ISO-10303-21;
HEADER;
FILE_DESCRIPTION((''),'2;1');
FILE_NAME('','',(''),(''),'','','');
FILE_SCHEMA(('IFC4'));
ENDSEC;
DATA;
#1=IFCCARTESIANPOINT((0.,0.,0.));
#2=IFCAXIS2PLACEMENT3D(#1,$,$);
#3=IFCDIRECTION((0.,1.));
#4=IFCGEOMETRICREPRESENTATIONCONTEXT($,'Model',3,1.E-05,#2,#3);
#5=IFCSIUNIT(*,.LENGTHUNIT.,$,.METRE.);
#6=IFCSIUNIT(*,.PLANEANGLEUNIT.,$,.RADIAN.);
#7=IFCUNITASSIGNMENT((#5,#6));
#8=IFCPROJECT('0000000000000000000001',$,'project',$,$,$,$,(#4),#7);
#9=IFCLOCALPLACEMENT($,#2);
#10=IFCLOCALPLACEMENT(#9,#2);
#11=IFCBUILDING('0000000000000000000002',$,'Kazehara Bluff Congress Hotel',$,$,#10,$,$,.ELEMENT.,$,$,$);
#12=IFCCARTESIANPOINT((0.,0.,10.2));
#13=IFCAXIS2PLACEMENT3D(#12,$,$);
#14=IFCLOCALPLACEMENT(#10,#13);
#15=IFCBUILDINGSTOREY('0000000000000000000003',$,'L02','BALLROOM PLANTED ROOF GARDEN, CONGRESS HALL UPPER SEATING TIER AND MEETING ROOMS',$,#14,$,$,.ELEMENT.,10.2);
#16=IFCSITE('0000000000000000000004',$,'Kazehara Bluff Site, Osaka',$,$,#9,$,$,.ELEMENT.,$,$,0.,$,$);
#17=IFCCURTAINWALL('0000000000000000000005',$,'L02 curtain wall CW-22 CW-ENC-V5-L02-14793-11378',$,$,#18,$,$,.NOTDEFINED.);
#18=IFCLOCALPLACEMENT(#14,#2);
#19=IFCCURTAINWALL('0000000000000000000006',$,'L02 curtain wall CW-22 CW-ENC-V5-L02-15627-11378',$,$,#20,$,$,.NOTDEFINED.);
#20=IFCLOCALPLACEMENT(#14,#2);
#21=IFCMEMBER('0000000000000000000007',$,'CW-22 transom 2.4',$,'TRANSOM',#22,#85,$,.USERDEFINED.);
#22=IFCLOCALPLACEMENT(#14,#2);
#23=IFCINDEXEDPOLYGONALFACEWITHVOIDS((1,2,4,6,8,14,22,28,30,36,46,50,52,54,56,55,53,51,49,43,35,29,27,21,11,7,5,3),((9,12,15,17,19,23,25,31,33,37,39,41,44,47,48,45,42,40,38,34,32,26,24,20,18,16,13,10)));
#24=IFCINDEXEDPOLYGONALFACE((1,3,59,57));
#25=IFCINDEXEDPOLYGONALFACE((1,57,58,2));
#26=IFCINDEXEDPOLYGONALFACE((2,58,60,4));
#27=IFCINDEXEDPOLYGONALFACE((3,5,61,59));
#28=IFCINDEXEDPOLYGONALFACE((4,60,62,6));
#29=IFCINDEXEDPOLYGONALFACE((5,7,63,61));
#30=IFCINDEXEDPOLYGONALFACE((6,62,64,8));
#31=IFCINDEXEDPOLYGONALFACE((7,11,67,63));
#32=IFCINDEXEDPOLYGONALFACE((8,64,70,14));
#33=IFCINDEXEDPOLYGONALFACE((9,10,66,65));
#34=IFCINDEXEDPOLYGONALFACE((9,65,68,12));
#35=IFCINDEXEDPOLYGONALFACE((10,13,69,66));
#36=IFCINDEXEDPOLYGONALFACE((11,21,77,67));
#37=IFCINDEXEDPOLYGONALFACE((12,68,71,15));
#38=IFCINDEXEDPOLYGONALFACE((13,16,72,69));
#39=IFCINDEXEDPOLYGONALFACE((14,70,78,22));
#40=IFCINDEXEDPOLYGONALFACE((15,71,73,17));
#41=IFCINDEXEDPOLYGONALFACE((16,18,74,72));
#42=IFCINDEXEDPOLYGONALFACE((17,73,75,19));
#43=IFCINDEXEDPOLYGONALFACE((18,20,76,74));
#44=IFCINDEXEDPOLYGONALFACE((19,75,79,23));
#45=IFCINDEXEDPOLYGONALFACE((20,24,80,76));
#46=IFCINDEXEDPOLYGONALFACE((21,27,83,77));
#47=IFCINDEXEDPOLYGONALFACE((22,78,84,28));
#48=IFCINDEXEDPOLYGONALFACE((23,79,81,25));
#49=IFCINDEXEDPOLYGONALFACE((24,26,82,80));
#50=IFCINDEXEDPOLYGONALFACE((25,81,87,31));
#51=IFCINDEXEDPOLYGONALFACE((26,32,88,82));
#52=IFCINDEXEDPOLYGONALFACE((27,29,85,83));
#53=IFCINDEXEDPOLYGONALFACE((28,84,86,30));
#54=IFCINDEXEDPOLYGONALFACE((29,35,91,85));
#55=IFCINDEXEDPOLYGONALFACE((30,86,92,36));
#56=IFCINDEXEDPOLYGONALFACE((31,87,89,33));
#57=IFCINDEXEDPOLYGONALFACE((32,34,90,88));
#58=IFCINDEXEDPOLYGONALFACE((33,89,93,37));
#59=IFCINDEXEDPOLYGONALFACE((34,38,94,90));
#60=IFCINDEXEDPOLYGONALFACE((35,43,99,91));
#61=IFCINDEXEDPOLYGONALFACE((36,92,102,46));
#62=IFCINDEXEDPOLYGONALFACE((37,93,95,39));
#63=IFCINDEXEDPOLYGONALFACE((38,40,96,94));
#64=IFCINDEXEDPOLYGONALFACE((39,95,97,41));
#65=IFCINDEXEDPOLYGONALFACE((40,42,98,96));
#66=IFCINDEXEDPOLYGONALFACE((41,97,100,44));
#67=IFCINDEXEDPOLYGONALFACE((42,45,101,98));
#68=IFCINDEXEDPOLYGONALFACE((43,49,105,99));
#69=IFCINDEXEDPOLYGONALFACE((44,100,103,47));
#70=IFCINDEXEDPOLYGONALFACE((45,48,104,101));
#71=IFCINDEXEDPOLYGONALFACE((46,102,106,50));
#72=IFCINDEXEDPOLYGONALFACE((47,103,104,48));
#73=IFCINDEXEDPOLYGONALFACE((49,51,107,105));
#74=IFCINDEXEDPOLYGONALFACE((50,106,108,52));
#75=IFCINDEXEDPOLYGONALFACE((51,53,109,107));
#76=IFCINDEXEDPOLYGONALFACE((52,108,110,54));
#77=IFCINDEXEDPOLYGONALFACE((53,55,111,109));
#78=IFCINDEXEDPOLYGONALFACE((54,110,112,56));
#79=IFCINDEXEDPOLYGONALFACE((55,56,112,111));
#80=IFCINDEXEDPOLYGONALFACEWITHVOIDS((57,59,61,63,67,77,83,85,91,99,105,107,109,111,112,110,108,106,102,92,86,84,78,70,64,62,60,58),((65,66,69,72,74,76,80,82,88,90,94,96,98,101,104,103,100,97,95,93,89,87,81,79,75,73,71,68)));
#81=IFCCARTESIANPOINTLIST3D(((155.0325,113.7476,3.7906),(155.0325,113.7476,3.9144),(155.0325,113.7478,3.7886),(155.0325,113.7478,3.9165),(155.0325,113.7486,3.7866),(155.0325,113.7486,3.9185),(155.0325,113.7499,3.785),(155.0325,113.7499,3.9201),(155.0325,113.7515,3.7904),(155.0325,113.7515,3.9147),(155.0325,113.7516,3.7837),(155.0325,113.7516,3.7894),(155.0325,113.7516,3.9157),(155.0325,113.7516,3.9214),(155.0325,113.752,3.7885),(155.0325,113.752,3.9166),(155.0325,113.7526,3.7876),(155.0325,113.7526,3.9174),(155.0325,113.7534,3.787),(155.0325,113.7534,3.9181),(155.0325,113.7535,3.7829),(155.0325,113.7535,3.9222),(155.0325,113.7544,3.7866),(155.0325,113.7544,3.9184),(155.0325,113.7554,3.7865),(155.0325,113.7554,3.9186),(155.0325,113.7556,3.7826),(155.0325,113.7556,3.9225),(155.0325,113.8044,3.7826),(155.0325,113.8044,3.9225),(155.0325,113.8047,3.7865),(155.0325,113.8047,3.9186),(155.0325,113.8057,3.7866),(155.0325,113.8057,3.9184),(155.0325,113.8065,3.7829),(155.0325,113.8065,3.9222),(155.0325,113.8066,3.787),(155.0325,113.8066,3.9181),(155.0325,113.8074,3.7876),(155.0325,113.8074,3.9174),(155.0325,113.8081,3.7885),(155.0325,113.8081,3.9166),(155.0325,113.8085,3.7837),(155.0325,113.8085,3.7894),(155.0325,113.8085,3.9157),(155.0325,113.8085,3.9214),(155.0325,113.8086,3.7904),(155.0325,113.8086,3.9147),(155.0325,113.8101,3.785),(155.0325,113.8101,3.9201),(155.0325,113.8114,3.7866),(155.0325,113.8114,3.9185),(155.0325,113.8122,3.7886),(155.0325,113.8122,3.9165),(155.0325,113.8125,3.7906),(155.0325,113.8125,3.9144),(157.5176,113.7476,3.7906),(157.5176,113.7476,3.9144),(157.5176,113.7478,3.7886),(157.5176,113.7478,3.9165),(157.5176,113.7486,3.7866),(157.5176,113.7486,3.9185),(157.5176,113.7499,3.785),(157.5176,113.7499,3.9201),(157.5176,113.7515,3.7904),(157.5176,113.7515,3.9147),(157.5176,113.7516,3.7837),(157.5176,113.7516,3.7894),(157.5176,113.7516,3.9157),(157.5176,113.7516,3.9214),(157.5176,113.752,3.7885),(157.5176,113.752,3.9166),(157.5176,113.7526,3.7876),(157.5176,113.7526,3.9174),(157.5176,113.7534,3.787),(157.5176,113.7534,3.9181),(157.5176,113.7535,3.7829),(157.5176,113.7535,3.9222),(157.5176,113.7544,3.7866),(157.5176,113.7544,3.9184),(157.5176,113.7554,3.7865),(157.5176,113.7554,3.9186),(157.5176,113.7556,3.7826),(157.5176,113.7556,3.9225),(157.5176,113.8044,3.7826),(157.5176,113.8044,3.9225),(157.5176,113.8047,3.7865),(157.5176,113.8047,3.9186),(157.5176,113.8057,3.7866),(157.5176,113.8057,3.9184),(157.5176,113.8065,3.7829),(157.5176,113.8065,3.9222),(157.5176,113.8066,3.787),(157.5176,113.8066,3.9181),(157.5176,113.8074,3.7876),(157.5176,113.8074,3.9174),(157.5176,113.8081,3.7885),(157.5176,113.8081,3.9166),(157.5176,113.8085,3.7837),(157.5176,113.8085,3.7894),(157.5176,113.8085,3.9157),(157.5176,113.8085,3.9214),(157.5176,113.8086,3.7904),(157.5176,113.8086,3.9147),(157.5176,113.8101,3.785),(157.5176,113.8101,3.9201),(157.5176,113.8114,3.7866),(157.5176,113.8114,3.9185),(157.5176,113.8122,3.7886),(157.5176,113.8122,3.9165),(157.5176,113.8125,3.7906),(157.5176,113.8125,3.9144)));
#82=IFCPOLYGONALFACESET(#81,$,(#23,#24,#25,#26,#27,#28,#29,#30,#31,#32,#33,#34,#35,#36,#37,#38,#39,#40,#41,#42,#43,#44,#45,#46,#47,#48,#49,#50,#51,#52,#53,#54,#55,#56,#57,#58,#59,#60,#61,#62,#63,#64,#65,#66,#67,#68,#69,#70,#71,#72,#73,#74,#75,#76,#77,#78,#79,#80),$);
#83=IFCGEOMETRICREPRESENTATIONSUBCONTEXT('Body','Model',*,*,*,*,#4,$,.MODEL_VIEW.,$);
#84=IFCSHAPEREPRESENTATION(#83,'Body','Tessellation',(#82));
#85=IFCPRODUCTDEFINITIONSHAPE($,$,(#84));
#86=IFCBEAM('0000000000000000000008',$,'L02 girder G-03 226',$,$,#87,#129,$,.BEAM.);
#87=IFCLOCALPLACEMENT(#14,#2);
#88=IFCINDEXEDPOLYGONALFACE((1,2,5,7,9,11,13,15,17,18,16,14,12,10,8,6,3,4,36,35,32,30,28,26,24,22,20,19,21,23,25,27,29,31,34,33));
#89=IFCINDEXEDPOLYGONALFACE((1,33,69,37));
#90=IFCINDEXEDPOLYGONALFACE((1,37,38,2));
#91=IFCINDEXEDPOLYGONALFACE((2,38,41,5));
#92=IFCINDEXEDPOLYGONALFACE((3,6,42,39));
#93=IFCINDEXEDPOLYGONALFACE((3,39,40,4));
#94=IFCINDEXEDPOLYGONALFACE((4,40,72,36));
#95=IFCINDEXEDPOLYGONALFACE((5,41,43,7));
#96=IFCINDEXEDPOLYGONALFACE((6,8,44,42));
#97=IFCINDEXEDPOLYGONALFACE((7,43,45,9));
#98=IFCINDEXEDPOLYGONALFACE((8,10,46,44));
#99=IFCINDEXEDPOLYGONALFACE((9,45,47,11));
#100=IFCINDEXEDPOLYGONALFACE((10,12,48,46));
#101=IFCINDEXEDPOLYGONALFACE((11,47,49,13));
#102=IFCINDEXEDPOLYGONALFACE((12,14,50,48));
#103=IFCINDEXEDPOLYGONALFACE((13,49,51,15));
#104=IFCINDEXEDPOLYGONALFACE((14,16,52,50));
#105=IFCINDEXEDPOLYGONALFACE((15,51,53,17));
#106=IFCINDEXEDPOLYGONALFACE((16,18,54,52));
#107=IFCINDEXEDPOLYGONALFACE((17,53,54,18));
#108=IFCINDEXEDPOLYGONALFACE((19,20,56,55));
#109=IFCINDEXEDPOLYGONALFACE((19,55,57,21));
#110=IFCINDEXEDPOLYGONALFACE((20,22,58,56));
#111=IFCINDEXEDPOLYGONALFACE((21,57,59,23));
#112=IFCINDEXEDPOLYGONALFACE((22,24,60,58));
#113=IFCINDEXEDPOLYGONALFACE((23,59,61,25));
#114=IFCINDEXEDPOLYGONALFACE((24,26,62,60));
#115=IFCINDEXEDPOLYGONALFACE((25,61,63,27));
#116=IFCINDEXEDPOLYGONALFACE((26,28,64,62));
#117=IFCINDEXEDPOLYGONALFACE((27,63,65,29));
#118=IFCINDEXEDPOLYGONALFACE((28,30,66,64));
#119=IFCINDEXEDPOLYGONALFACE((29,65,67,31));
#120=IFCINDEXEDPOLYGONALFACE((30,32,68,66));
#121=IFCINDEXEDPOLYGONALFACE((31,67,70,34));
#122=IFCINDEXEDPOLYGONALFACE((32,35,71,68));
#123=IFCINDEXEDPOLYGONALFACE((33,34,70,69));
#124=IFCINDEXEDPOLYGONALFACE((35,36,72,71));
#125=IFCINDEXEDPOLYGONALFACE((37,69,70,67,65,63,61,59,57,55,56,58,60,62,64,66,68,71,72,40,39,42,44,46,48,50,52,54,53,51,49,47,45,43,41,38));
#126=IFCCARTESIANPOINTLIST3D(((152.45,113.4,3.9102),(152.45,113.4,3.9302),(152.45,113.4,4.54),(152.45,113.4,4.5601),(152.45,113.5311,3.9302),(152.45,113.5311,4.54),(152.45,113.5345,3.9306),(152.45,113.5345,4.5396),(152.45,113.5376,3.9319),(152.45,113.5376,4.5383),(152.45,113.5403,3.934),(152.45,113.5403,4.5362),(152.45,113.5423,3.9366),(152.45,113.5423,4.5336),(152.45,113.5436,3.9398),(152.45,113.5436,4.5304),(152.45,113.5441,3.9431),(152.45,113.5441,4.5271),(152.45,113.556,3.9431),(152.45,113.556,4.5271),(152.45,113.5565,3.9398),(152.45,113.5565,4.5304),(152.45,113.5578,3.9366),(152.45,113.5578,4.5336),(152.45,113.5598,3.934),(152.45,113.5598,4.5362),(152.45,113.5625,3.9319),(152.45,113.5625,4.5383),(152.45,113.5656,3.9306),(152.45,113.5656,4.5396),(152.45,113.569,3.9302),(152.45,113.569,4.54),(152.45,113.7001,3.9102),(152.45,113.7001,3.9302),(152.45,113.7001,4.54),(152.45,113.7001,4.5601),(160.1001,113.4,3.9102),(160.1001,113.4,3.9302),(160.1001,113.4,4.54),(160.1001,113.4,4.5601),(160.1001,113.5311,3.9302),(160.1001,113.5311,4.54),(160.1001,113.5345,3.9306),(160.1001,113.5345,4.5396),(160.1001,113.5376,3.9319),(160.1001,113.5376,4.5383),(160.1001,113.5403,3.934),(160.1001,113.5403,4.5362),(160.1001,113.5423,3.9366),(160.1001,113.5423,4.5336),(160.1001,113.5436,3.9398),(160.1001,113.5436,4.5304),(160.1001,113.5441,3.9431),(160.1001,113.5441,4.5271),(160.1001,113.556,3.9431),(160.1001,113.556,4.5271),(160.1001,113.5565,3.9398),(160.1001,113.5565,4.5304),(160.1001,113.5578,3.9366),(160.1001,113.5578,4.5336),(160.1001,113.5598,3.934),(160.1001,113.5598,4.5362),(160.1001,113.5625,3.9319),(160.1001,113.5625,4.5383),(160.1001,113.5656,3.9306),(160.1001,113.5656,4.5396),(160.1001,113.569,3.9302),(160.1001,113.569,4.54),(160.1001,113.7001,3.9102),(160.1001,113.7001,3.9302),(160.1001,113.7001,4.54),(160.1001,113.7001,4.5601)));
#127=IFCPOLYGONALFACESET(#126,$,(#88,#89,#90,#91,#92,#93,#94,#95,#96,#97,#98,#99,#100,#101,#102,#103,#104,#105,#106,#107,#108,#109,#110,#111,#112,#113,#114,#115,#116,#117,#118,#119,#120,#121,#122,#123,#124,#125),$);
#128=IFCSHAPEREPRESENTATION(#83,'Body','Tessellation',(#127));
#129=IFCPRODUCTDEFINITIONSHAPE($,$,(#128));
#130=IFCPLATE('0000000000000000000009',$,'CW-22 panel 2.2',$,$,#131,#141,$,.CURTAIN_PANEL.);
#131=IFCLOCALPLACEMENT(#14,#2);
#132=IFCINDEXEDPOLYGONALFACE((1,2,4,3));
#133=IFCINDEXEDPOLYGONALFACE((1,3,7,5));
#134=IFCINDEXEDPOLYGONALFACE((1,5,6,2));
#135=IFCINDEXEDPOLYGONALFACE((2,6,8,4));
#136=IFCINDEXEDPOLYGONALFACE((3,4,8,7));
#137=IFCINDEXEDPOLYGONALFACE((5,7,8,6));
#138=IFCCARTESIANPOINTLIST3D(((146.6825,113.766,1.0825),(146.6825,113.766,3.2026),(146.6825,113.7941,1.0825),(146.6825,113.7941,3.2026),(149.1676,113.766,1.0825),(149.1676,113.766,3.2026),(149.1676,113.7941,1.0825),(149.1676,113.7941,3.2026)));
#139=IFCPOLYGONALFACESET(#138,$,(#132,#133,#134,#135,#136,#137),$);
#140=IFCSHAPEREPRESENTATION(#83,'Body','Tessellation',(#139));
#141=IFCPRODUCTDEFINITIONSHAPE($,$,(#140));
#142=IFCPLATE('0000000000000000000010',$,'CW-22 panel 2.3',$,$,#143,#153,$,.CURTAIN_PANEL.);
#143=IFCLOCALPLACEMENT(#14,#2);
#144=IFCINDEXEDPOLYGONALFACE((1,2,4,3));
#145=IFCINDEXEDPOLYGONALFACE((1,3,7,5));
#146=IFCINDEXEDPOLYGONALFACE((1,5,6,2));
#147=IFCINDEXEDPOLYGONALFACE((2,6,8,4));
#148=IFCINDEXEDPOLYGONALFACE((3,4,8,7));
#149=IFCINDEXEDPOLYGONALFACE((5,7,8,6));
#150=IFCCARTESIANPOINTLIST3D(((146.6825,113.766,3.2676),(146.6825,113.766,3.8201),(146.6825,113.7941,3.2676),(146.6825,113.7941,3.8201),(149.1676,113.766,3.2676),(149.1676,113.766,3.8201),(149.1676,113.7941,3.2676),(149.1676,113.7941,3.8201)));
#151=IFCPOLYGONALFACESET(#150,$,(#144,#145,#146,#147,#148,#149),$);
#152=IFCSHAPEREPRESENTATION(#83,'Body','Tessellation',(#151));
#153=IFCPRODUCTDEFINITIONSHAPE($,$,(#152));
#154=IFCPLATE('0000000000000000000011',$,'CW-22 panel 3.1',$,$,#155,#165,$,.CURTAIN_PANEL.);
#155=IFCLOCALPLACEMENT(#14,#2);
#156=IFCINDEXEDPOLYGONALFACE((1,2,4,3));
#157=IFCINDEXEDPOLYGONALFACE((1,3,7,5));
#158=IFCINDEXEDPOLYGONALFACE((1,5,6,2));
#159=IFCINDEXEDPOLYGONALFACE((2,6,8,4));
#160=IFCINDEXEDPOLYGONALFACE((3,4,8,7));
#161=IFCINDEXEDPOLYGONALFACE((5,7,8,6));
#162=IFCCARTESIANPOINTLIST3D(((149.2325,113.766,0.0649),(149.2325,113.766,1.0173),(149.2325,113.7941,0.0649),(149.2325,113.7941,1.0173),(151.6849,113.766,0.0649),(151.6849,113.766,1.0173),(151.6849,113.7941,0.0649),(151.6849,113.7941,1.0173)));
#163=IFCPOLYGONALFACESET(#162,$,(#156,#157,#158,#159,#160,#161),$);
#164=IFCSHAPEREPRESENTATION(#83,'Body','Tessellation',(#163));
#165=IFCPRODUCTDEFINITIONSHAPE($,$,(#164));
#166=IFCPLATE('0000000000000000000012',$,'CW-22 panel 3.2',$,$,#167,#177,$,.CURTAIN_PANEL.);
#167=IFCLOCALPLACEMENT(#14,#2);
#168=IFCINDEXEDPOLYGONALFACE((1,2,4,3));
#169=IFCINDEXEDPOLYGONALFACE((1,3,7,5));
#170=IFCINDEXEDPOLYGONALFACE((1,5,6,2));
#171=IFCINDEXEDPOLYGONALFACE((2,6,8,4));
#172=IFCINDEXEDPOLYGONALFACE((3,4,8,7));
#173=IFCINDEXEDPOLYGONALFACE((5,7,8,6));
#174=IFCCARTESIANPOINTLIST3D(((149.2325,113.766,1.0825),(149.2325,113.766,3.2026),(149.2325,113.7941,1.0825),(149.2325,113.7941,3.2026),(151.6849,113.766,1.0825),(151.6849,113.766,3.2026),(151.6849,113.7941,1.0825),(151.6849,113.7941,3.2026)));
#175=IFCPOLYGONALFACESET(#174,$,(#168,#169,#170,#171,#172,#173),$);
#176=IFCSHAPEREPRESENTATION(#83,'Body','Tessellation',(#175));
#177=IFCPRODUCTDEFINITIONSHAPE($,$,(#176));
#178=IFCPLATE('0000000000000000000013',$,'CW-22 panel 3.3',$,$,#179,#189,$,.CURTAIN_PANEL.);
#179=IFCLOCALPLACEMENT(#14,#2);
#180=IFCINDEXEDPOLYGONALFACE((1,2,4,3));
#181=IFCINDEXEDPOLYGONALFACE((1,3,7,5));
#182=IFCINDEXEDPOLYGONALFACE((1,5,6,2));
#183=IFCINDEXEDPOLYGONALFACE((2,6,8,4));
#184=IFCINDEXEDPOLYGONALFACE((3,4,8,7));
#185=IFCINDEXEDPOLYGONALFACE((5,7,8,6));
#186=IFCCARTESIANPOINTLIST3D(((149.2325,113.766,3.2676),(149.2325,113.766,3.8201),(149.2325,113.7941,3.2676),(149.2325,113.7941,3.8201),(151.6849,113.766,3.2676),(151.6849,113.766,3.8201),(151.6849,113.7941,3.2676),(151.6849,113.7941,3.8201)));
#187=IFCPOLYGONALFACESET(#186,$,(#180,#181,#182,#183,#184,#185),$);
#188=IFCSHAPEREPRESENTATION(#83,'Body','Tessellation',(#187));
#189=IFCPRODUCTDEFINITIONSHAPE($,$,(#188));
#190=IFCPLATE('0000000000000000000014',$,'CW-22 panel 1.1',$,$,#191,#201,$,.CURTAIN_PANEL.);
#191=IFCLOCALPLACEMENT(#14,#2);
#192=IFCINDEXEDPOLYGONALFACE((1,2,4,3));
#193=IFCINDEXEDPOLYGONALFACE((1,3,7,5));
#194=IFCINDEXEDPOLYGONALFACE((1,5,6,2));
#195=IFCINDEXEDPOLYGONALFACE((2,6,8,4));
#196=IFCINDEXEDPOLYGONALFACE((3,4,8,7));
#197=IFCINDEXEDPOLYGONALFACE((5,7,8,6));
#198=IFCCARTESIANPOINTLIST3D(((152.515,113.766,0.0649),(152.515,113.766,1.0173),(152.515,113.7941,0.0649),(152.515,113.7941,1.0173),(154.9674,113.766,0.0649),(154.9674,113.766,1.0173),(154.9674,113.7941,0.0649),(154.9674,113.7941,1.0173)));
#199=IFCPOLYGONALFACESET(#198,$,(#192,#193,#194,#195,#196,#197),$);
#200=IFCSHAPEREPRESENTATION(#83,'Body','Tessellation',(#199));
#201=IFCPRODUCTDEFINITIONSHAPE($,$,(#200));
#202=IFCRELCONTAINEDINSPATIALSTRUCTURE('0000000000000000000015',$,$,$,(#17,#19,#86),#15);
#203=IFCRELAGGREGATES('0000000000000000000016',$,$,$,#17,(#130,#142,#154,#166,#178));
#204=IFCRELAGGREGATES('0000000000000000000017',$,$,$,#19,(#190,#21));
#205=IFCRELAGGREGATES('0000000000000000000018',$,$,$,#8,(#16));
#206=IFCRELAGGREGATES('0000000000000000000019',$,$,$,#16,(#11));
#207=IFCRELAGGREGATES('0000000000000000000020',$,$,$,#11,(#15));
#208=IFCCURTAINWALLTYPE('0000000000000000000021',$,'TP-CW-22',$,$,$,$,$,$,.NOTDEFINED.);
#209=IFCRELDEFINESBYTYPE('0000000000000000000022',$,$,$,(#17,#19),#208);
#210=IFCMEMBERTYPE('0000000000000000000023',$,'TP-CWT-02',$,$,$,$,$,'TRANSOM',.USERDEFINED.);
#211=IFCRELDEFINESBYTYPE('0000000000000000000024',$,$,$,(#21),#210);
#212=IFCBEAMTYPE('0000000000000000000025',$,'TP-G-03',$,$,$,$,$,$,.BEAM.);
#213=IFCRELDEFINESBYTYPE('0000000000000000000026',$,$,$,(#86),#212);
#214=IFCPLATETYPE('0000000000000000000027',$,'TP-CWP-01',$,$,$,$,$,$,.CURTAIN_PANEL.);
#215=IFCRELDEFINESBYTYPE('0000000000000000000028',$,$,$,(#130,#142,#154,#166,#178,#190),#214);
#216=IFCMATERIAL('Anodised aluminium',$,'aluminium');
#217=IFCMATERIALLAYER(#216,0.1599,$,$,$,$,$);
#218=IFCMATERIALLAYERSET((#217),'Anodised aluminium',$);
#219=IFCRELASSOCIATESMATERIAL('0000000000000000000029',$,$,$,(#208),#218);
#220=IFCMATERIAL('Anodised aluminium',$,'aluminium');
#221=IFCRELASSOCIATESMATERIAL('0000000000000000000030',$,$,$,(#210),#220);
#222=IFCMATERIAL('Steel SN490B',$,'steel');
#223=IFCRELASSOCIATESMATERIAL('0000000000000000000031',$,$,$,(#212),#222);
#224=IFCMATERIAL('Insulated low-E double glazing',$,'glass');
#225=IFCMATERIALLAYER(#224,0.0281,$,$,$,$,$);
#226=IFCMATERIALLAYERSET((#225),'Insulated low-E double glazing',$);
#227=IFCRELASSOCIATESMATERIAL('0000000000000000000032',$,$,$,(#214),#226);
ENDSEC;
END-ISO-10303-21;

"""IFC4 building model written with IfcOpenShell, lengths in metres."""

from ifc_helpers import new_model, si_unit, direction, frame, origin, origin_2d, place, context, subcontext, project, spatial, rectangle, hollow_rectangle, i_section, extrude, material, layer, layer_set, material_profile, profile_set, type_object, element, aggregate, save


model = new_model("IFC4")

# Units and contexts
model_context = context("Model", 3, precision=1e-05, world=origin(), true_north=direction((0.0, 1.0)))
body_context = subcontext(model_context, "Body", "Model", "MODEL_VIEW")
ifc_project = project(units=[si_unit("LENGTHUNIT", "METRE"), si_unit("PLANEANGLEUNIT", "RADIAN")], contexts=[model_context])

# Site, building, storey
site_placement = place(None, origin())
site = spatial("IfcSite", under=ifc_project, at=site_placement, Name="Kazehara Bluff Site, Osaka", CompositionType="ELEMENT", RefElevation=0.0)
building_placement = place(site_placement, origin())
building = spatial("IfcBuilding", under=site, at=building_placement, Name="Kazehara Bluff Congress Hotel", CompositionType="ELEMENT")
storey_placement = place(building_placement, frame((0.0, 0.0, 10.2)))
storey = spatial("IfcBuildingStorey", under=building, at=storey_placement, Name="L02", Description="BALLROOM PLANTED ROOF GARDEN, CONGRESS HALL UPPER SEATING TIER AND MEETING ROOMS", CompositionType="ELEMENT", Elevation=10.2)

# Curtain walls
ifc_material_1 = material(Name="Anodised aluminium", Category="aluminium")
ifc_layer_1 = layer(ifc_material_1, 0.1599)
ifc_layer_set_1 = layer_set([ifc_layer_1], Name="Anodised aluminium")
curtain_wall_type = type_object("IfcCurtainWallType", Name="TP-CW-22", PredefinedType="NOTDEFINED", material=ifc_layer_set_1)
curtain_wall_1_placement = place(storey_placement, origin())
curtain_wall_1 = element("IfcCurtainWall", 1, at=curtain_wall_1_placement, inside=storey, type_object=curtain_wall_type, Name="L02 curtain wall CW-22 CW-ENC-V5-L02-14793-11378", PredefinedType="NOTDEFINED")
curtain_wall_2_placement = place(storey_placement, origin())
curtain_wall_2 = element("IfcCurtainWall", 2, at=curtain_wall_2_placement, inside=storey, type_object=curtain_wall_type, Name="L02 curtain wall CW-22 CW-ENC-V5-L02-15627-11378", PredefinedType="NOTDEFINED")

# Member
ifc_material_2 = material(Name="Anodised aluminium", Category="aluminium")
ifc_material_profile_1 = material_profile(ifc_material_2, hollow_rectangle(XDim=0.0649, YDim=0.1399, WallThickness=0.0039, InnerFilletRadius=0.0039, OuterFilletRadius=0.0081, at=origin_2d()))
ifc_profile_set_1 = profile_set([ifc_material_profile_1], Name="Anodised aluminium")
member_type_1 = type_object("IfcMemberType", Name="TP-CWT-02", ElementType="TRANSOM", PredefinedType="USERDEFINED", material=ifc_profile_set_1)
member_1_placement = place(storey_placement, frame((155.0325, 113.78, 3.8525), z_axis=(1.0, 0.0, 0.0), x_axis=(0.0, 1.0, 0.0)))
member_1 = element("IfcMember", 3, at=member_1_placement, type_object=member_type_1, Name="CW-22 transom 2.4", ObjectType="TRANSOM", PredefinedType="USERDEFINED", context=body_context, shape_type="SweptSolid", body=[
    extrude(hollow_rectangle(XDim=0.0649, YDim=0.1399, WallThickness=0.0039, InnerFilletRadius=0.0039, OuterFilletRadius=0.0081, at=origin_2d()), origin(), (0.0, 0.0, 1.0), 2.4851),
])

# Beam
ifc_material_3 = material(Name="Steel SN490B", Category="steel")
ifc_material_profile_2 = material_profile(ifc_material_3, i_section(OverallWidth=0.3, OverallDepth=0.6499, WebThickness=0.012, FlangeThickness=0.02, FilletRadius=0.0129, at=origin_2d()))
ifc_profile_set_2 = profile_set([ifc_material_profile_2], Name="Steel SN490B")
beam_type = type_object("IfcBeamType", Name="TP-G-03", PredefinedType="BEAM", material=ifc_profile_set_2)
beam_placement = place(storey_placement, frame((152.45, 113.55, 4.2351), z_axis=(1.0, 0.0, 0.0), x_axis=(0.0, 1.0, 0.0)))
element("IfcBeam", 4, at=beam_placement, inside=storey, type_object=beam_type, Name="L02 girder G-03 226", PredefinedType="BEAM", context=body_context, shape_type="SweptSolid", body=[
    extrude(i_section(OverallWidth=0.3, OverallDepth=0.6499, WebThickness=0.012, FlangeThickness=0.02, FilletRadius=0.0129, at=origin_2d()), origin(), (0.0, 0.0, 1.0), 7.6501),
])

# Plates
ifc_material_4 = material(Name="Insulated low-E double glazing", Category="glass")
ifc_layer_2 = layer(ifc_material_4, 0.0281)
ifc_layer_set_2 = layer_set([ifc_layer_2], Name="Insulated low-E double glazing")
plate_type = type_object("IfcPlateType", Name="TP-CWP-01", PredefinedType="CURTAIN_PANEL", material=ifc_layer_set_2)
plate_1_placement = place(storey_placement, frame((147.925, 113.78, 1.0825), z_axis=(0.0, 0.0, 1.0), x_axis=(1.0, 0.0, 0.0)))
plate_1 = element("IfcPlate", 5, at=plate_1_placement, type_object=plate_type, Name="CW-22 panel 2.2", PredefinedType="CURTAIN_PANEL", context=body_context, shape_type="SweptSolid", body=[
    extrude(rectangle(XDim=2.4851, YDim=0.0281, at=origin_2d()), origin(), (0.0, 0.0, 1.0), 2.1201),
])
plate_2_placement = place(storey_placement, frame((147.925, 113.78, 3.2676), z_axis=(0.0, 0.0, 1.0), x_axis=(1.0, 0.0, 0.0)))
plate_2 = element("IfcPlate", 6, at=plate_2_placement, type_object=plate_type, Name="CW-22 panel 2.3", PredefinedType="CURTAIN_PANEL", context=body_context, shape_type="SweptSolid", body=[
    extrude(rectangle(XDim=2.4851, YDim=0.0281, at=origin_2d()), origin(), (0.0, 0.0, 1.0), 0.5525),
])
plate_3_placement = place(storey_placement, frame((150.4587, 113.78, 0.0649), z_axis=(0.0, 0.0, 1.0), x_axis=(1.0, 0.0, 0.0)))
plate_3 = element("IfcPlate", 7, at=plate_3_placement, type_object=plate_type, Name="CW-22 panel 3.1", PredefinedType="CURTAIN_PANEL", context=body_context, shape_type="SweptSolid", body=[
    extrude(rectangle(XDim=2.4524, YDim=0.0281, at=origin_2d()), origin(), (0.0, 0.0, 1.0), 0.9524),
])
plate_4_placement = place(storey_placement, frame((150.4587, 113.78, 1.0825), z_axis=(0.0, 0.0, 1.0), x_axis=(1.0, 0.0, 0.0)))
plate_4 = element("IfcPlate", 8, at=plate_4_placement, type_object=plate_type, Name="CW-22 panel 3.2", PredefinedType="CURTAIN_PANEL", context=body_context, shape_type="SweptSolid", body=[
    extrude(rectangle(XDim=2.4524, YDim=0.0281, at=origin_2d()), origin(), (0.0, 0.0, 1.0), 2.1201),
])
plate_5_placement = place(storey_placement, frame((150.4587, 113.78, 3.2676), z_axis=(0.0, 0.0, 1.0), x_axis=(1.0, 0.0, 0.0)))
plate_5 = element("IfcPlate", 9, at=plate_5_placement, type_object=plate_type, Name="CW-22 panel 3.3", PredefinedType="CURTAIN_PANEL", context=body_context, shape_type="SweptSolid", body=[
    extrude(rectangle(XDim=2.4524, YDim=0.0281, at=origin_2d()), origin(), (0.0, 0.0, 1.0), 0.5525),
])
aggregate(curtain_wall_1, [plate_1, plate_2, plate_3, plate_4, plate_5])
plate_6_placement = place(storey_placement, frame((153.7412, 113.78, 0.0649), z_axis=(0.0, 0.0, 1.0), x_axis=(1.0, 0.0, 0.0)))
plate_6 = element("IfcPlate", 10, at=plate_6_placement, type_object=plate_type, Name="CW-22 panel 1.1", PredefinedType="CURTAIN_PANEL", context=body_context, shape_type="SweptSolid", body=[
    extrude(rectangle(XDim=2.4524, YDim=0.0281, at=origin_2d()), origin(), (0.0, 0.0, 1.0), 0.9524),
])
aggregate(curtain_wall_2, [plate_6, member_1])

save(model, "model.ifc")
